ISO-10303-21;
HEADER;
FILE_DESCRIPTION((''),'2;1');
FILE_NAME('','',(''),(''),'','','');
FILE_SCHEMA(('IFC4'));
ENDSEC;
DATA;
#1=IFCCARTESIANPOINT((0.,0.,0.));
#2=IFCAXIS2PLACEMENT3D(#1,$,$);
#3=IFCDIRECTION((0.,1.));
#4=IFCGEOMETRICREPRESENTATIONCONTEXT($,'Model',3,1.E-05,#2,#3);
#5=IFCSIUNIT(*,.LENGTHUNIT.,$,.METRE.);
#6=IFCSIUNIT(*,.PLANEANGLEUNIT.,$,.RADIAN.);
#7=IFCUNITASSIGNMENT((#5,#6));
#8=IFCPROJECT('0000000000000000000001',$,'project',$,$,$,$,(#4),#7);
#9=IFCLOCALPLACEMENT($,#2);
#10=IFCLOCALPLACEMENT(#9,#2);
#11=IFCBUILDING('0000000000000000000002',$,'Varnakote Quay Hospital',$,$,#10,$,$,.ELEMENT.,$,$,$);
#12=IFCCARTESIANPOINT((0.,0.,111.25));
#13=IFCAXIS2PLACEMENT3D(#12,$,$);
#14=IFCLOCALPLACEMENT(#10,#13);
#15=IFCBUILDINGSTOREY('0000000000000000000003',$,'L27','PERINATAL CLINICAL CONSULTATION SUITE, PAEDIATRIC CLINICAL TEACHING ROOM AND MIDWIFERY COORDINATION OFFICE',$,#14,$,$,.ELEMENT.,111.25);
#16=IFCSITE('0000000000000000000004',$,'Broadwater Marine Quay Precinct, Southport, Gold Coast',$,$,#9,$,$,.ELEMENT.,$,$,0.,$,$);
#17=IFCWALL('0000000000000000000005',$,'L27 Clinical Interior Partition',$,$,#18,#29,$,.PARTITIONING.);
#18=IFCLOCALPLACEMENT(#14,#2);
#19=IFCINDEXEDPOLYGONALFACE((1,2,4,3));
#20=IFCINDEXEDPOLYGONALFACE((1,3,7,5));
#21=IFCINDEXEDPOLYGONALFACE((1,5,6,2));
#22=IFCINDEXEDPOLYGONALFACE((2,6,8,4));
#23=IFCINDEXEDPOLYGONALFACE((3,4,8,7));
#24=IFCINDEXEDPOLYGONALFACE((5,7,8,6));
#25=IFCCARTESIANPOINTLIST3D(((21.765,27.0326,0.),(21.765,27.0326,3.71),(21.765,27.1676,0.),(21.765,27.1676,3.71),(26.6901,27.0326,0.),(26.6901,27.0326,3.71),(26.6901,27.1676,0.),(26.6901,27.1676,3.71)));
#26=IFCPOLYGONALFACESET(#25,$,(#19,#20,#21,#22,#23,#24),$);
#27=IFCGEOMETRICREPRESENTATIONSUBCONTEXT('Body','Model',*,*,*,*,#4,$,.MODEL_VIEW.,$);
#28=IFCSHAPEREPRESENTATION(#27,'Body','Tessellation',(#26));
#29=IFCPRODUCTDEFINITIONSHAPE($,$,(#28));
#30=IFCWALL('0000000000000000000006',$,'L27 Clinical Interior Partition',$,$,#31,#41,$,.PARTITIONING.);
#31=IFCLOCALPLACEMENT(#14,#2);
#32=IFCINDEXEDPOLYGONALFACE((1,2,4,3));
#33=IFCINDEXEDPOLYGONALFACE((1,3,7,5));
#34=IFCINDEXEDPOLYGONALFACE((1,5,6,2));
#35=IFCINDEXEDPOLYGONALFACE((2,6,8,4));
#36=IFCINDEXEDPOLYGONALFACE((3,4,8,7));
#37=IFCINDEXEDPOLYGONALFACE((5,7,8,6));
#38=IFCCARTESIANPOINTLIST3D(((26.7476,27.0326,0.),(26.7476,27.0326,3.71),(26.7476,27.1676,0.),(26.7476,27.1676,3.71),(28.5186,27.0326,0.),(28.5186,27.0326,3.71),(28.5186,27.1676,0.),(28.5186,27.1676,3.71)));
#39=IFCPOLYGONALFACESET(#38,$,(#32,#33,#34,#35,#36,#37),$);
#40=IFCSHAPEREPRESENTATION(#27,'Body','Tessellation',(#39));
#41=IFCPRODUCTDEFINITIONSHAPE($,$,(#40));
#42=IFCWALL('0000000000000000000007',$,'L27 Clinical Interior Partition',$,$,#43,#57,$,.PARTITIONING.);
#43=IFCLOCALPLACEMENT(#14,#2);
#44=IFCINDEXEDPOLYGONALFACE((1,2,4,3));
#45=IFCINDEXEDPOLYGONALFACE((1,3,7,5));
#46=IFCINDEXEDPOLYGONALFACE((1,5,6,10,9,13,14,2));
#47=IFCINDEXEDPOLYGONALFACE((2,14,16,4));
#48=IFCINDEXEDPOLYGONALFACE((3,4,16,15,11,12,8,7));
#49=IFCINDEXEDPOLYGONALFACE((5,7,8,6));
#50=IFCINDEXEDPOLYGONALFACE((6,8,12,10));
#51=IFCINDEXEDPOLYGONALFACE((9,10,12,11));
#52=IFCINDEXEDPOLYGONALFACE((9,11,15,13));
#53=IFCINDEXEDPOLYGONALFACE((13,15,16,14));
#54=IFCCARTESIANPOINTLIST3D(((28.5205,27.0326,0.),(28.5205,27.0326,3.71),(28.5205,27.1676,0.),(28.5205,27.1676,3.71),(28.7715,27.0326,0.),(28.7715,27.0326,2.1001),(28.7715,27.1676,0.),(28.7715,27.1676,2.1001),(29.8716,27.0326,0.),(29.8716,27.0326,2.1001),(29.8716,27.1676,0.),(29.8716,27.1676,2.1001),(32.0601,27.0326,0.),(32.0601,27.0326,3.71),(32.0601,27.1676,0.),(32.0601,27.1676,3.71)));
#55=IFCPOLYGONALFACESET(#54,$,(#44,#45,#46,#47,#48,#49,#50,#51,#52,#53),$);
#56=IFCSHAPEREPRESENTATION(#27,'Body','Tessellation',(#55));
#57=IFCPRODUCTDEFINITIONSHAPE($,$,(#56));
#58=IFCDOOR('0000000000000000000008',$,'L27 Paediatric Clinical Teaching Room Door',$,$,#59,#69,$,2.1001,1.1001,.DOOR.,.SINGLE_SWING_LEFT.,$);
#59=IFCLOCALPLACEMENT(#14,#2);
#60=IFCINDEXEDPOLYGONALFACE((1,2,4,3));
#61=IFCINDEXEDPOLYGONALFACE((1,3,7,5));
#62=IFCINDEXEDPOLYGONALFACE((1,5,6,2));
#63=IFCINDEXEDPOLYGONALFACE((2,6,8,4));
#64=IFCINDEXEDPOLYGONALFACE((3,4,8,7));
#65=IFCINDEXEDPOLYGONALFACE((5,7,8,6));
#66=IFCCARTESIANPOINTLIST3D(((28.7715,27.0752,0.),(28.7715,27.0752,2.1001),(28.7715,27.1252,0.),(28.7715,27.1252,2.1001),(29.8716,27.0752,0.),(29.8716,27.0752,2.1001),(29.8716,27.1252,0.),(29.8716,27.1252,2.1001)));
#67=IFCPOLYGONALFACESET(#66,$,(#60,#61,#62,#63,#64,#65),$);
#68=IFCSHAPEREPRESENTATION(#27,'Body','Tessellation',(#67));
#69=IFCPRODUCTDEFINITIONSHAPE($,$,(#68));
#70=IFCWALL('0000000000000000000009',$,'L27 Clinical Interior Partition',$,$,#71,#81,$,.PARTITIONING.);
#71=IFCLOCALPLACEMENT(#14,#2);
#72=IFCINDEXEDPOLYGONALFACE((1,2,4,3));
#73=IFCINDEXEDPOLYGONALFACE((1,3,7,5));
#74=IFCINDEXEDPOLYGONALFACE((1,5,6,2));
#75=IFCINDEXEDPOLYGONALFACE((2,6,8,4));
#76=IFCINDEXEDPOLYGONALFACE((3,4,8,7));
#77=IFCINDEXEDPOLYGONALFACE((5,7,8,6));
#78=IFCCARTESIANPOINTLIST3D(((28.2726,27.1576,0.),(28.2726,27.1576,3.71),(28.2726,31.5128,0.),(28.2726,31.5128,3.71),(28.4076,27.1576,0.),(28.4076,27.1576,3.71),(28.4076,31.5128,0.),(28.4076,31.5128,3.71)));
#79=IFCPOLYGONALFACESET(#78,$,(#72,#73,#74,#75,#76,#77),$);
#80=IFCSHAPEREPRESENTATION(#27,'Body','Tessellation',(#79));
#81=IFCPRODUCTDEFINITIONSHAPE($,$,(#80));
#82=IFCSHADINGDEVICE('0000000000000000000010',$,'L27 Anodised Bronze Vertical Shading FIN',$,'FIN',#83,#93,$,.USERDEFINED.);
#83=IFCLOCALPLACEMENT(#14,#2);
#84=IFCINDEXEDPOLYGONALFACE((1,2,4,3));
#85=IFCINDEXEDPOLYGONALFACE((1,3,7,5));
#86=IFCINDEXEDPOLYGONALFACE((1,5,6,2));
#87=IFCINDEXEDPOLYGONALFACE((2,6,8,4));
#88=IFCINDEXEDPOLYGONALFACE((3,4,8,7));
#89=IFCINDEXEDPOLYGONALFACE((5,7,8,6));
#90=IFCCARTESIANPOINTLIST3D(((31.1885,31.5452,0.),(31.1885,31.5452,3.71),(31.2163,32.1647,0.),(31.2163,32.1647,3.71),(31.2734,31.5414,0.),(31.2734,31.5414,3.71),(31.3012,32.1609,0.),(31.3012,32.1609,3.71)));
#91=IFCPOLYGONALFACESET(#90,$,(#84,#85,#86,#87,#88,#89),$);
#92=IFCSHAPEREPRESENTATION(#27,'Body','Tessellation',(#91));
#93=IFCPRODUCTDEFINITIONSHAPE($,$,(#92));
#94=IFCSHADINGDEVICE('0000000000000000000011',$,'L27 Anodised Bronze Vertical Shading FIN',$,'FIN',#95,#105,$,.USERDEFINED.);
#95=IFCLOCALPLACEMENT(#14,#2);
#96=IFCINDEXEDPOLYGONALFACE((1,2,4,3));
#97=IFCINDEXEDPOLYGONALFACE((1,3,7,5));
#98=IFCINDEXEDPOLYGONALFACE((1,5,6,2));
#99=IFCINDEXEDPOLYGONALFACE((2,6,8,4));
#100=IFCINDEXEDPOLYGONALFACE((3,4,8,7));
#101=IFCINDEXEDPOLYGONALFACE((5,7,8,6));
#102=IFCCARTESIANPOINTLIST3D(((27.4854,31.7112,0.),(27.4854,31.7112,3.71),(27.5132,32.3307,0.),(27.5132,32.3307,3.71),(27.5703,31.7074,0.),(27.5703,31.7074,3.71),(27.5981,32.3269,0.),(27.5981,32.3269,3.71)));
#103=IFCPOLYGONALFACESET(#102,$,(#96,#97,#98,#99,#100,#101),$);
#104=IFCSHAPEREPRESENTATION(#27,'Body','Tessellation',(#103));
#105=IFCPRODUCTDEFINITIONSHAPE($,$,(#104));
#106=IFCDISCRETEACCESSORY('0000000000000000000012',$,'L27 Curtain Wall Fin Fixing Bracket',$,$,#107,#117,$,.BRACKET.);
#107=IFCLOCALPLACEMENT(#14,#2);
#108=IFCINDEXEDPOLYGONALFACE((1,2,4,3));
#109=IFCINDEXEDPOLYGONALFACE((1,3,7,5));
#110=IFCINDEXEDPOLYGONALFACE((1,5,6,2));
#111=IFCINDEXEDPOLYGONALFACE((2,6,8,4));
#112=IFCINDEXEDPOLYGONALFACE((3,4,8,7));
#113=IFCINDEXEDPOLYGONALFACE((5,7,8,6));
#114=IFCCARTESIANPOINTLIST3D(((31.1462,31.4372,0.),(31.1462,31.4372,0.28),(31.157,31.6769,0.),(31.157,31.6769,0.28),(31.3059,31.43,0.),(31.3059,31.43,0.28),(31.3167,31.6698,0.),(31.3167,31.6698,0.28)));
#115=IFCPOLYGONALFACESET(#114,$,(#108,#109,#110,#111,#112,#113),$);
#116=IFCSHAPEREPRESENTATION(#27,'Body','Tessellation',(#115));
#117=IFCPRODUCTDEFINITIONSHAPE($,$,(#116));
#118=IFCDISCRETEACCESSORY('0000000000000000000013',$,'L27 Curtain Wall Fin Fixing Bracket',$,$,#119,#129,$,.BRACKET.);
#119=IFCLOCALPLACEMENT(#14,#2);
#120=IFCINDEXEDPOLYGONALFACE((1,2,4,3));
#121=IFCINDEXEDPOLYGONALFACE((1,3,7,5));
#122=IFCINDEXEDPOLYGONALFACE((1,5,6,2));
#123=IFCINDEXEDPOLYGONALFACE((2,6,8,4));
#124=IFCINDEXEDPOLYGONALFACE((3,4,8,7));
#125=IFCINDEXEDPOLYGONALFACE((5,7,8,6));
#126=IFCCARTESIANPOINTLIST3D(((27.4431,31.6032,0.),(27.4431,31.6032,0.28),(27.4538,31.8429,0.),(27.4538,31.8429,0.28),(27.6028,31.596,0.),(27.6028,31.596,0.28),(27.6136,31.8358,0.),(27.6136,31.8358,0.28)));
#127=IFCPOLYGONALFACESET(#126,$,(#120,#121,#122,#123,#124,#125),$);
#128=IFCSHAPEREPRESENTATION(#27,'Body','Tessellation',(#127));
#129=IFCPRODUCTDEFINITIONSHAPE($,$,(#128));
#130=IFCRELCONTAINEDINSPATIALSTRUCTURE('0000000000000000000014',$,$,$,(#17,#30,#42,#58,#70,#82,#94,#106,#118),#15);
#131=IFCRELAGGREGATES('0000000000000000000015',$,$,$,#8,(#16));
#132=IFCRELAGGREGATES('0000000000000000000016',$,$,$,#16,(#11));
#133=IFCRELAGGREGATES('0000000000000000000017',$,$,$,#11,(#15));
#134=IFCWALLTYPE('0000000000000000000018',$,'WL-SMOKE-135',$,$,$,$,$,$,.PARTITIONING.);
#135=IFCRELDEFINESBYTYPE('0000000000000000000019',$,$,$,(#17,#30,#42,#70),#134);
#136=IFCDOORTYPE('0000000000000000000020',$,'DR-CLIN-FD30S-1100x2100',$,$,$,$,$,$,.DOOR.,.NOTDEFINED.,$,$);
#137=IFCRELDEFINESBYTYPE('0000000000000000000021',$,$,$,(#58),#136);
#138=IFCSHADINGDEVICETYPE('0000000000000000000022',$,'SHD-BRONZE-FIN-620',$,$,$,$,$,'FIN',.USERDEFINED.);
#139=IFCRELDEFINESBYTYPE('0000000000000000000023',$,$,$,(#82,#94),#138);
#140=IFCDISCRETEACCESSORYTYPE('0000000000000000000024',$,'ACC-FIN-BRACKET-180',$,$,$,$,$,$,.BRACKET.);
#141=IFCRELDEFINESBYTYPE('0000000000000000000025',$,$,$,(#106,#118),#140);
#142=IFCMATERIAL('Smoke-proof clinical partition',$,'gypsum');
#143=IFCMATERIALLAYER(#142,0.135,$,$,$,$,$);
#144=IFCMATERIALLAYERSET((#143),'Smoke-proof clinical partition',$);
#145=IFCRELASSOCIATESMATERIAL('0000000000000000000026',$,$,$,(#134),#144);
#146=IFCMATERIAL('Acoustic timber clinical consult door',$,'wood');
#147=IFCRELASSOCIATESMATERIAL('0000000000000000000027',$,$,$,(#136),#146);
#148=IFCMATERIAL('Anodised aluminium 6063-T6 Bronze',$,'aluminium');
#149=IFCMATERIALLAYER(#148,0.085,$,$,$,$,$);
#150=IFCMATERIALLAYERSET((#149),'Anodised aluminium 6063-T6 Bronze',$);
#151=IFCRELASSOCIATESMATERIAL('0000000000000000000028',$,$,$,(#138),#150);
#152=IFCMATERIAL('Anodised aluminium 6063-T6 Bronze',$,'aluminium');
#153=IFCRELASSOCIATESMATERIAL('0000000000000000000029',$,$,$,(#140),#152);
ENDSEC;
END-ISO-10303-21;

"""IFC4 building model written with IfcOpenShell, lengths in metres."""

from ifc_helpers import new_model, si_unit, direction, frame, frame_2d, origin, origin_2d, place, context, subcontext, project, spatial, rectangle, extrude, material, layer, layer_set, type_object, element, fill, save


model = new_model("IFC4")

# Units and contexts
model_context = context("Model", 3, precision=1e-05, world=origin(), true_north=direction((0.0, 1.0)))
body_context = subcontext(model_context, "Body", "Model", "MODEL_VIEW")
ifc_project = project(units=[si_unit("LENGTHUNIT", "METRE"), si_unit("PLANEANGLEUNIT", "RADIAN")], contexts=[model_context])

# Site, building, storey
site_placement = place(None, origin())
site = spatial("IfcSite", under=ifc_project, at=site_placement, Name="Broadwater Marine Quay Precinct, Southport, Gold Coast", CompositionType="ELEMENT", RefElevation=0.0)
building_placement = place(site_placement, origin())
building = spatial("IfcBuilding", under=site, at=building_placement, Name="Varnakote Quay Hospital", CompositionType="ELEMENT")
storey_placement = place(building_placement, frame((0.0, 0.0, 111.25)))
storey = spatial("IfcBuildingStorey", under=building, at=storey_placement, Name="L27", Description="PERINATAL CLINICAL CONSULTATION SUITE, PAEDIATRIC CLINICAL TEACHING ROOM AND MIDWIFERY COORDINATION OFFICE", CompositionType="ELEMENT", Elevation=111.25)

# Walls
ifc_material_1 = material(Name="Smoke-proof clinical partition", Category="gypsum")
ifc_layer_1 = layer(ifc_material_1, 0.135)
ifc_layer_set_1 = layer_set([ifc_layer_1], Name="Smoke-proof clinical partition")
wall_type = type_object("IfcWallType", Name="WL-SMOKE-135", PredefinedType="PARTITIONING", material=ifc_layer_set_1)
wall_1_placement = place(storey_placement, frame((26.6899, 27.1001, 0.0), z_axis=(0.0, 0.0, 1.0), x_axis=(-1.0, 0.0, 0.0)))
element("IfcWall", 1, at=wall_1_placement, inside=storey, type_object=wall_type, Name="L27 Clinical Interior Partition", PredefinedType="PARTITIONING", context=body_context, shape_type="SweptSolid", body=[
    extrude(rectangle(XDim=4.925, YDim=0.135, at=frame_2d((2.4624, 0.0))), origin(), (0.0, 0.0, 1.0), 3.71),
])
wall_2_placement = place(storey_placement, frame((28.5186, 27.1001, 0.0), z_axis=(0.0, 0.0, 1.0), x_axis=(-1.0, 0.0, 0.0)))
element("IfcWall", 2, at=wall_2_placement, inside=storey, type_object=wall_type, Name="L27 Clinical Interior Partition", PredefinedType="PARTITIONING", context=body_context, shape_type="SweptSolid", body=[
    extrude(rectangle(XDim=1.771, YDim=0.135, at=frame_2d((0.8855, 0.0))), origin(), (0.0, 0.0, 1.0), 3.71),
])

# Wall, opening, door
wall_3_placement = place(storey_placement, frame((32.0601, 27.1001, 0.0), z_axis=(0.0, 0.0, 1.0), x_axis=(-1.0, 0.0, 0.0)))
wall_3 = element("IfcWall", 3, at=wall_3_placement, inside=storey, type_object=wall_type, Name="L27 Clinical Interior Partition", PredefinedType="PARTITIONING", context=body_context, shape_type="SweptSolid", body=[
    extrude(rectangle(XDim=3.5396, YDim=0.135, at=frame_2d((1.7698, 0.0))), origin(), (0.0, 0.0, 1.0), 3.71),
])
opening_placement = place(wall_3_placement, frame((2.1885, 0.0, 0.0)))
opening = element("IfcOpeningElement", 4, at=opening_placement, cuts=wall_3, PredefinedType="OPENING", context=body_context, shape_type="SweptSolid", body=[
    extrude(rectangle(XDim=1.1001, YDim=2.1001, at=frame_2d((0.55, 1.05))), frame((0.0, 0.0774, 0.0), z_axis=(0.0, -1.0, 0.0), x_axis=(1.0, 0.0, 0.0)), (0.0, 0.0, 1.0), 0.155),
])
ifc_material_2 = material(Name="Acoustic timber clinical consult door", Category="wood")
door_type = type_object("IfcDoorType", Name="DR-CLIN-FD30S-1100x2100", OperationType="NOTDEFINED", PredefinedType="DOOR", material=ifc_material_2)
door_placement = place(opening_placement, origin())
door = element("IfcDoor", 5, at=door_placement, inside=storey, type_object=door_type, Name="L27 Paediatric Clinical Teaching Room Door", OperationType="SINGLE_SWING_LEFT", OverallHeight=2.1001, OverallWidth=1.1001, PredefinedType="DOOR", context=body_context, shape_type="SweptSolid", body=[
    extrude(rectangle(XDim=1.1001, YDim=2.1001, at=frame_2d((0.55, 1.05))), frame((0.0, 0.0249, 0.0), z_axis=(0.0, -1.0, 0.0), x_axis=(1.0, 0.0, 0.0)), (0.0, 0.0, 1.0), 0.05),
])
fill(opening, door)

# Wall
wall_4_placement = place(storey_placement, frame((28.3401, 27.1575, 0.0), z_axis=(0.0, 0.0, 1.0), x_axis=(0.0, 1.0, 0.0)))
element("IfcWall", 6, at=wall_4_placement, inside=storey, type_object=wall_type, Name="L27 Clinical Interior Partition", PredefinedType="PARTITIONING", context=body_context, shape_type="SweptSolid", body=[
    extrude(rectangle(XDim=4.3552, YDim=0.135, at=frame_2d((2.1777, 0.0))), origin(), (0.0, 0.0, 1.0), 3.71),
])

# Shading devices
ifc_material_3 = material(Name="Anodised aluminium 6063-T6 Bronze", Category="aluminium")
ifc_layer_2 = layer(ifc_material_3, 0.085)
ifc_layer_set_2 = layer_set([ifc_layer_2], Name="Anodised aluminium 6063-T6 Bronze")
shading_device_type = type_object("IfcShadingDeviceType", Name="SHD-BRONZE-FIN-620", ElementType="FIN", PredefinedType="USERDEFINED", material=ifc_layer_set_2)
for number, where, z_axis, x_axis, name in (
    (7, (31.2449, 31.853, 0.0), (0.0, 0.0, 1.0), (-0.04484, -0.998994, 0.0), "L27 Anodised Bronze Vertical Shading FIN"),
    (8, (27.5417, 32.019, 0.0), (0.0, 0.0, 1.0), (-0.04484, -0.998994, 0.0), "L27 Anodised Bronze Vertical Shading FIN"),
):
    element("IfcShadingDevice", number, at=place(storey_placement, frame(where, z_axis=z_axis, x_axis=x_axis)), inside=storey, type_object=shading_device_type, Name=name, ObjectType="FIN", PredefinedType="USERDEFINED", context=body_context, shape_type="SweptSolid", body=[
        extrude(rectangle(XDim=0.6201, YDim=0.085, at=origin_2d()), origin(), (0.0, 0.0, 1.0), 3.71),
    ])

# Discrete accessories
ifc_material_4 = material(Name="Anodised aluminium 6063-T6 Bronze", Category="aluminium")
discrete_accessory_type = type_object("IfcDiscreteAccessoryType", Name="ACC-FIN-BRACKET-180", PredefinedType="BRACKET", material=ifc_material_4)
for number, where, z_axis, x_axis, name in (
    (9, (31.2314, 31.5535, 0.0), (0.0, 0.0, 1.0), (-0.998994, 0.04484, 0.0), "L27 Curtain Wall Fin Fixing Bracket"),
    (10, (27.5283, 31.7195, 0.0), (0.0, 0.0, 1.0), (-0.998994, 0.04484, 0.0), "L27 Curtain Wall Fin Fixing Bracket"),
):
    element("IfcDiscreteAccessory", number, at=place(storey_placement, frame(where, z_axis=z_axis, x_axis=x_axis)), inside=storey, type_object=discrete_accessory_type, Name=name, PredefinedType="BRACKET", context=body_context, shape_type="SweptSolid", body=[
        extrude(rectangle(XDim=0.1599, YDim=0.24, at=origin_2d()), origin(), (0.0, 0.0, 1.0), 0.28),
    ])

save(model, "model.ifc")
